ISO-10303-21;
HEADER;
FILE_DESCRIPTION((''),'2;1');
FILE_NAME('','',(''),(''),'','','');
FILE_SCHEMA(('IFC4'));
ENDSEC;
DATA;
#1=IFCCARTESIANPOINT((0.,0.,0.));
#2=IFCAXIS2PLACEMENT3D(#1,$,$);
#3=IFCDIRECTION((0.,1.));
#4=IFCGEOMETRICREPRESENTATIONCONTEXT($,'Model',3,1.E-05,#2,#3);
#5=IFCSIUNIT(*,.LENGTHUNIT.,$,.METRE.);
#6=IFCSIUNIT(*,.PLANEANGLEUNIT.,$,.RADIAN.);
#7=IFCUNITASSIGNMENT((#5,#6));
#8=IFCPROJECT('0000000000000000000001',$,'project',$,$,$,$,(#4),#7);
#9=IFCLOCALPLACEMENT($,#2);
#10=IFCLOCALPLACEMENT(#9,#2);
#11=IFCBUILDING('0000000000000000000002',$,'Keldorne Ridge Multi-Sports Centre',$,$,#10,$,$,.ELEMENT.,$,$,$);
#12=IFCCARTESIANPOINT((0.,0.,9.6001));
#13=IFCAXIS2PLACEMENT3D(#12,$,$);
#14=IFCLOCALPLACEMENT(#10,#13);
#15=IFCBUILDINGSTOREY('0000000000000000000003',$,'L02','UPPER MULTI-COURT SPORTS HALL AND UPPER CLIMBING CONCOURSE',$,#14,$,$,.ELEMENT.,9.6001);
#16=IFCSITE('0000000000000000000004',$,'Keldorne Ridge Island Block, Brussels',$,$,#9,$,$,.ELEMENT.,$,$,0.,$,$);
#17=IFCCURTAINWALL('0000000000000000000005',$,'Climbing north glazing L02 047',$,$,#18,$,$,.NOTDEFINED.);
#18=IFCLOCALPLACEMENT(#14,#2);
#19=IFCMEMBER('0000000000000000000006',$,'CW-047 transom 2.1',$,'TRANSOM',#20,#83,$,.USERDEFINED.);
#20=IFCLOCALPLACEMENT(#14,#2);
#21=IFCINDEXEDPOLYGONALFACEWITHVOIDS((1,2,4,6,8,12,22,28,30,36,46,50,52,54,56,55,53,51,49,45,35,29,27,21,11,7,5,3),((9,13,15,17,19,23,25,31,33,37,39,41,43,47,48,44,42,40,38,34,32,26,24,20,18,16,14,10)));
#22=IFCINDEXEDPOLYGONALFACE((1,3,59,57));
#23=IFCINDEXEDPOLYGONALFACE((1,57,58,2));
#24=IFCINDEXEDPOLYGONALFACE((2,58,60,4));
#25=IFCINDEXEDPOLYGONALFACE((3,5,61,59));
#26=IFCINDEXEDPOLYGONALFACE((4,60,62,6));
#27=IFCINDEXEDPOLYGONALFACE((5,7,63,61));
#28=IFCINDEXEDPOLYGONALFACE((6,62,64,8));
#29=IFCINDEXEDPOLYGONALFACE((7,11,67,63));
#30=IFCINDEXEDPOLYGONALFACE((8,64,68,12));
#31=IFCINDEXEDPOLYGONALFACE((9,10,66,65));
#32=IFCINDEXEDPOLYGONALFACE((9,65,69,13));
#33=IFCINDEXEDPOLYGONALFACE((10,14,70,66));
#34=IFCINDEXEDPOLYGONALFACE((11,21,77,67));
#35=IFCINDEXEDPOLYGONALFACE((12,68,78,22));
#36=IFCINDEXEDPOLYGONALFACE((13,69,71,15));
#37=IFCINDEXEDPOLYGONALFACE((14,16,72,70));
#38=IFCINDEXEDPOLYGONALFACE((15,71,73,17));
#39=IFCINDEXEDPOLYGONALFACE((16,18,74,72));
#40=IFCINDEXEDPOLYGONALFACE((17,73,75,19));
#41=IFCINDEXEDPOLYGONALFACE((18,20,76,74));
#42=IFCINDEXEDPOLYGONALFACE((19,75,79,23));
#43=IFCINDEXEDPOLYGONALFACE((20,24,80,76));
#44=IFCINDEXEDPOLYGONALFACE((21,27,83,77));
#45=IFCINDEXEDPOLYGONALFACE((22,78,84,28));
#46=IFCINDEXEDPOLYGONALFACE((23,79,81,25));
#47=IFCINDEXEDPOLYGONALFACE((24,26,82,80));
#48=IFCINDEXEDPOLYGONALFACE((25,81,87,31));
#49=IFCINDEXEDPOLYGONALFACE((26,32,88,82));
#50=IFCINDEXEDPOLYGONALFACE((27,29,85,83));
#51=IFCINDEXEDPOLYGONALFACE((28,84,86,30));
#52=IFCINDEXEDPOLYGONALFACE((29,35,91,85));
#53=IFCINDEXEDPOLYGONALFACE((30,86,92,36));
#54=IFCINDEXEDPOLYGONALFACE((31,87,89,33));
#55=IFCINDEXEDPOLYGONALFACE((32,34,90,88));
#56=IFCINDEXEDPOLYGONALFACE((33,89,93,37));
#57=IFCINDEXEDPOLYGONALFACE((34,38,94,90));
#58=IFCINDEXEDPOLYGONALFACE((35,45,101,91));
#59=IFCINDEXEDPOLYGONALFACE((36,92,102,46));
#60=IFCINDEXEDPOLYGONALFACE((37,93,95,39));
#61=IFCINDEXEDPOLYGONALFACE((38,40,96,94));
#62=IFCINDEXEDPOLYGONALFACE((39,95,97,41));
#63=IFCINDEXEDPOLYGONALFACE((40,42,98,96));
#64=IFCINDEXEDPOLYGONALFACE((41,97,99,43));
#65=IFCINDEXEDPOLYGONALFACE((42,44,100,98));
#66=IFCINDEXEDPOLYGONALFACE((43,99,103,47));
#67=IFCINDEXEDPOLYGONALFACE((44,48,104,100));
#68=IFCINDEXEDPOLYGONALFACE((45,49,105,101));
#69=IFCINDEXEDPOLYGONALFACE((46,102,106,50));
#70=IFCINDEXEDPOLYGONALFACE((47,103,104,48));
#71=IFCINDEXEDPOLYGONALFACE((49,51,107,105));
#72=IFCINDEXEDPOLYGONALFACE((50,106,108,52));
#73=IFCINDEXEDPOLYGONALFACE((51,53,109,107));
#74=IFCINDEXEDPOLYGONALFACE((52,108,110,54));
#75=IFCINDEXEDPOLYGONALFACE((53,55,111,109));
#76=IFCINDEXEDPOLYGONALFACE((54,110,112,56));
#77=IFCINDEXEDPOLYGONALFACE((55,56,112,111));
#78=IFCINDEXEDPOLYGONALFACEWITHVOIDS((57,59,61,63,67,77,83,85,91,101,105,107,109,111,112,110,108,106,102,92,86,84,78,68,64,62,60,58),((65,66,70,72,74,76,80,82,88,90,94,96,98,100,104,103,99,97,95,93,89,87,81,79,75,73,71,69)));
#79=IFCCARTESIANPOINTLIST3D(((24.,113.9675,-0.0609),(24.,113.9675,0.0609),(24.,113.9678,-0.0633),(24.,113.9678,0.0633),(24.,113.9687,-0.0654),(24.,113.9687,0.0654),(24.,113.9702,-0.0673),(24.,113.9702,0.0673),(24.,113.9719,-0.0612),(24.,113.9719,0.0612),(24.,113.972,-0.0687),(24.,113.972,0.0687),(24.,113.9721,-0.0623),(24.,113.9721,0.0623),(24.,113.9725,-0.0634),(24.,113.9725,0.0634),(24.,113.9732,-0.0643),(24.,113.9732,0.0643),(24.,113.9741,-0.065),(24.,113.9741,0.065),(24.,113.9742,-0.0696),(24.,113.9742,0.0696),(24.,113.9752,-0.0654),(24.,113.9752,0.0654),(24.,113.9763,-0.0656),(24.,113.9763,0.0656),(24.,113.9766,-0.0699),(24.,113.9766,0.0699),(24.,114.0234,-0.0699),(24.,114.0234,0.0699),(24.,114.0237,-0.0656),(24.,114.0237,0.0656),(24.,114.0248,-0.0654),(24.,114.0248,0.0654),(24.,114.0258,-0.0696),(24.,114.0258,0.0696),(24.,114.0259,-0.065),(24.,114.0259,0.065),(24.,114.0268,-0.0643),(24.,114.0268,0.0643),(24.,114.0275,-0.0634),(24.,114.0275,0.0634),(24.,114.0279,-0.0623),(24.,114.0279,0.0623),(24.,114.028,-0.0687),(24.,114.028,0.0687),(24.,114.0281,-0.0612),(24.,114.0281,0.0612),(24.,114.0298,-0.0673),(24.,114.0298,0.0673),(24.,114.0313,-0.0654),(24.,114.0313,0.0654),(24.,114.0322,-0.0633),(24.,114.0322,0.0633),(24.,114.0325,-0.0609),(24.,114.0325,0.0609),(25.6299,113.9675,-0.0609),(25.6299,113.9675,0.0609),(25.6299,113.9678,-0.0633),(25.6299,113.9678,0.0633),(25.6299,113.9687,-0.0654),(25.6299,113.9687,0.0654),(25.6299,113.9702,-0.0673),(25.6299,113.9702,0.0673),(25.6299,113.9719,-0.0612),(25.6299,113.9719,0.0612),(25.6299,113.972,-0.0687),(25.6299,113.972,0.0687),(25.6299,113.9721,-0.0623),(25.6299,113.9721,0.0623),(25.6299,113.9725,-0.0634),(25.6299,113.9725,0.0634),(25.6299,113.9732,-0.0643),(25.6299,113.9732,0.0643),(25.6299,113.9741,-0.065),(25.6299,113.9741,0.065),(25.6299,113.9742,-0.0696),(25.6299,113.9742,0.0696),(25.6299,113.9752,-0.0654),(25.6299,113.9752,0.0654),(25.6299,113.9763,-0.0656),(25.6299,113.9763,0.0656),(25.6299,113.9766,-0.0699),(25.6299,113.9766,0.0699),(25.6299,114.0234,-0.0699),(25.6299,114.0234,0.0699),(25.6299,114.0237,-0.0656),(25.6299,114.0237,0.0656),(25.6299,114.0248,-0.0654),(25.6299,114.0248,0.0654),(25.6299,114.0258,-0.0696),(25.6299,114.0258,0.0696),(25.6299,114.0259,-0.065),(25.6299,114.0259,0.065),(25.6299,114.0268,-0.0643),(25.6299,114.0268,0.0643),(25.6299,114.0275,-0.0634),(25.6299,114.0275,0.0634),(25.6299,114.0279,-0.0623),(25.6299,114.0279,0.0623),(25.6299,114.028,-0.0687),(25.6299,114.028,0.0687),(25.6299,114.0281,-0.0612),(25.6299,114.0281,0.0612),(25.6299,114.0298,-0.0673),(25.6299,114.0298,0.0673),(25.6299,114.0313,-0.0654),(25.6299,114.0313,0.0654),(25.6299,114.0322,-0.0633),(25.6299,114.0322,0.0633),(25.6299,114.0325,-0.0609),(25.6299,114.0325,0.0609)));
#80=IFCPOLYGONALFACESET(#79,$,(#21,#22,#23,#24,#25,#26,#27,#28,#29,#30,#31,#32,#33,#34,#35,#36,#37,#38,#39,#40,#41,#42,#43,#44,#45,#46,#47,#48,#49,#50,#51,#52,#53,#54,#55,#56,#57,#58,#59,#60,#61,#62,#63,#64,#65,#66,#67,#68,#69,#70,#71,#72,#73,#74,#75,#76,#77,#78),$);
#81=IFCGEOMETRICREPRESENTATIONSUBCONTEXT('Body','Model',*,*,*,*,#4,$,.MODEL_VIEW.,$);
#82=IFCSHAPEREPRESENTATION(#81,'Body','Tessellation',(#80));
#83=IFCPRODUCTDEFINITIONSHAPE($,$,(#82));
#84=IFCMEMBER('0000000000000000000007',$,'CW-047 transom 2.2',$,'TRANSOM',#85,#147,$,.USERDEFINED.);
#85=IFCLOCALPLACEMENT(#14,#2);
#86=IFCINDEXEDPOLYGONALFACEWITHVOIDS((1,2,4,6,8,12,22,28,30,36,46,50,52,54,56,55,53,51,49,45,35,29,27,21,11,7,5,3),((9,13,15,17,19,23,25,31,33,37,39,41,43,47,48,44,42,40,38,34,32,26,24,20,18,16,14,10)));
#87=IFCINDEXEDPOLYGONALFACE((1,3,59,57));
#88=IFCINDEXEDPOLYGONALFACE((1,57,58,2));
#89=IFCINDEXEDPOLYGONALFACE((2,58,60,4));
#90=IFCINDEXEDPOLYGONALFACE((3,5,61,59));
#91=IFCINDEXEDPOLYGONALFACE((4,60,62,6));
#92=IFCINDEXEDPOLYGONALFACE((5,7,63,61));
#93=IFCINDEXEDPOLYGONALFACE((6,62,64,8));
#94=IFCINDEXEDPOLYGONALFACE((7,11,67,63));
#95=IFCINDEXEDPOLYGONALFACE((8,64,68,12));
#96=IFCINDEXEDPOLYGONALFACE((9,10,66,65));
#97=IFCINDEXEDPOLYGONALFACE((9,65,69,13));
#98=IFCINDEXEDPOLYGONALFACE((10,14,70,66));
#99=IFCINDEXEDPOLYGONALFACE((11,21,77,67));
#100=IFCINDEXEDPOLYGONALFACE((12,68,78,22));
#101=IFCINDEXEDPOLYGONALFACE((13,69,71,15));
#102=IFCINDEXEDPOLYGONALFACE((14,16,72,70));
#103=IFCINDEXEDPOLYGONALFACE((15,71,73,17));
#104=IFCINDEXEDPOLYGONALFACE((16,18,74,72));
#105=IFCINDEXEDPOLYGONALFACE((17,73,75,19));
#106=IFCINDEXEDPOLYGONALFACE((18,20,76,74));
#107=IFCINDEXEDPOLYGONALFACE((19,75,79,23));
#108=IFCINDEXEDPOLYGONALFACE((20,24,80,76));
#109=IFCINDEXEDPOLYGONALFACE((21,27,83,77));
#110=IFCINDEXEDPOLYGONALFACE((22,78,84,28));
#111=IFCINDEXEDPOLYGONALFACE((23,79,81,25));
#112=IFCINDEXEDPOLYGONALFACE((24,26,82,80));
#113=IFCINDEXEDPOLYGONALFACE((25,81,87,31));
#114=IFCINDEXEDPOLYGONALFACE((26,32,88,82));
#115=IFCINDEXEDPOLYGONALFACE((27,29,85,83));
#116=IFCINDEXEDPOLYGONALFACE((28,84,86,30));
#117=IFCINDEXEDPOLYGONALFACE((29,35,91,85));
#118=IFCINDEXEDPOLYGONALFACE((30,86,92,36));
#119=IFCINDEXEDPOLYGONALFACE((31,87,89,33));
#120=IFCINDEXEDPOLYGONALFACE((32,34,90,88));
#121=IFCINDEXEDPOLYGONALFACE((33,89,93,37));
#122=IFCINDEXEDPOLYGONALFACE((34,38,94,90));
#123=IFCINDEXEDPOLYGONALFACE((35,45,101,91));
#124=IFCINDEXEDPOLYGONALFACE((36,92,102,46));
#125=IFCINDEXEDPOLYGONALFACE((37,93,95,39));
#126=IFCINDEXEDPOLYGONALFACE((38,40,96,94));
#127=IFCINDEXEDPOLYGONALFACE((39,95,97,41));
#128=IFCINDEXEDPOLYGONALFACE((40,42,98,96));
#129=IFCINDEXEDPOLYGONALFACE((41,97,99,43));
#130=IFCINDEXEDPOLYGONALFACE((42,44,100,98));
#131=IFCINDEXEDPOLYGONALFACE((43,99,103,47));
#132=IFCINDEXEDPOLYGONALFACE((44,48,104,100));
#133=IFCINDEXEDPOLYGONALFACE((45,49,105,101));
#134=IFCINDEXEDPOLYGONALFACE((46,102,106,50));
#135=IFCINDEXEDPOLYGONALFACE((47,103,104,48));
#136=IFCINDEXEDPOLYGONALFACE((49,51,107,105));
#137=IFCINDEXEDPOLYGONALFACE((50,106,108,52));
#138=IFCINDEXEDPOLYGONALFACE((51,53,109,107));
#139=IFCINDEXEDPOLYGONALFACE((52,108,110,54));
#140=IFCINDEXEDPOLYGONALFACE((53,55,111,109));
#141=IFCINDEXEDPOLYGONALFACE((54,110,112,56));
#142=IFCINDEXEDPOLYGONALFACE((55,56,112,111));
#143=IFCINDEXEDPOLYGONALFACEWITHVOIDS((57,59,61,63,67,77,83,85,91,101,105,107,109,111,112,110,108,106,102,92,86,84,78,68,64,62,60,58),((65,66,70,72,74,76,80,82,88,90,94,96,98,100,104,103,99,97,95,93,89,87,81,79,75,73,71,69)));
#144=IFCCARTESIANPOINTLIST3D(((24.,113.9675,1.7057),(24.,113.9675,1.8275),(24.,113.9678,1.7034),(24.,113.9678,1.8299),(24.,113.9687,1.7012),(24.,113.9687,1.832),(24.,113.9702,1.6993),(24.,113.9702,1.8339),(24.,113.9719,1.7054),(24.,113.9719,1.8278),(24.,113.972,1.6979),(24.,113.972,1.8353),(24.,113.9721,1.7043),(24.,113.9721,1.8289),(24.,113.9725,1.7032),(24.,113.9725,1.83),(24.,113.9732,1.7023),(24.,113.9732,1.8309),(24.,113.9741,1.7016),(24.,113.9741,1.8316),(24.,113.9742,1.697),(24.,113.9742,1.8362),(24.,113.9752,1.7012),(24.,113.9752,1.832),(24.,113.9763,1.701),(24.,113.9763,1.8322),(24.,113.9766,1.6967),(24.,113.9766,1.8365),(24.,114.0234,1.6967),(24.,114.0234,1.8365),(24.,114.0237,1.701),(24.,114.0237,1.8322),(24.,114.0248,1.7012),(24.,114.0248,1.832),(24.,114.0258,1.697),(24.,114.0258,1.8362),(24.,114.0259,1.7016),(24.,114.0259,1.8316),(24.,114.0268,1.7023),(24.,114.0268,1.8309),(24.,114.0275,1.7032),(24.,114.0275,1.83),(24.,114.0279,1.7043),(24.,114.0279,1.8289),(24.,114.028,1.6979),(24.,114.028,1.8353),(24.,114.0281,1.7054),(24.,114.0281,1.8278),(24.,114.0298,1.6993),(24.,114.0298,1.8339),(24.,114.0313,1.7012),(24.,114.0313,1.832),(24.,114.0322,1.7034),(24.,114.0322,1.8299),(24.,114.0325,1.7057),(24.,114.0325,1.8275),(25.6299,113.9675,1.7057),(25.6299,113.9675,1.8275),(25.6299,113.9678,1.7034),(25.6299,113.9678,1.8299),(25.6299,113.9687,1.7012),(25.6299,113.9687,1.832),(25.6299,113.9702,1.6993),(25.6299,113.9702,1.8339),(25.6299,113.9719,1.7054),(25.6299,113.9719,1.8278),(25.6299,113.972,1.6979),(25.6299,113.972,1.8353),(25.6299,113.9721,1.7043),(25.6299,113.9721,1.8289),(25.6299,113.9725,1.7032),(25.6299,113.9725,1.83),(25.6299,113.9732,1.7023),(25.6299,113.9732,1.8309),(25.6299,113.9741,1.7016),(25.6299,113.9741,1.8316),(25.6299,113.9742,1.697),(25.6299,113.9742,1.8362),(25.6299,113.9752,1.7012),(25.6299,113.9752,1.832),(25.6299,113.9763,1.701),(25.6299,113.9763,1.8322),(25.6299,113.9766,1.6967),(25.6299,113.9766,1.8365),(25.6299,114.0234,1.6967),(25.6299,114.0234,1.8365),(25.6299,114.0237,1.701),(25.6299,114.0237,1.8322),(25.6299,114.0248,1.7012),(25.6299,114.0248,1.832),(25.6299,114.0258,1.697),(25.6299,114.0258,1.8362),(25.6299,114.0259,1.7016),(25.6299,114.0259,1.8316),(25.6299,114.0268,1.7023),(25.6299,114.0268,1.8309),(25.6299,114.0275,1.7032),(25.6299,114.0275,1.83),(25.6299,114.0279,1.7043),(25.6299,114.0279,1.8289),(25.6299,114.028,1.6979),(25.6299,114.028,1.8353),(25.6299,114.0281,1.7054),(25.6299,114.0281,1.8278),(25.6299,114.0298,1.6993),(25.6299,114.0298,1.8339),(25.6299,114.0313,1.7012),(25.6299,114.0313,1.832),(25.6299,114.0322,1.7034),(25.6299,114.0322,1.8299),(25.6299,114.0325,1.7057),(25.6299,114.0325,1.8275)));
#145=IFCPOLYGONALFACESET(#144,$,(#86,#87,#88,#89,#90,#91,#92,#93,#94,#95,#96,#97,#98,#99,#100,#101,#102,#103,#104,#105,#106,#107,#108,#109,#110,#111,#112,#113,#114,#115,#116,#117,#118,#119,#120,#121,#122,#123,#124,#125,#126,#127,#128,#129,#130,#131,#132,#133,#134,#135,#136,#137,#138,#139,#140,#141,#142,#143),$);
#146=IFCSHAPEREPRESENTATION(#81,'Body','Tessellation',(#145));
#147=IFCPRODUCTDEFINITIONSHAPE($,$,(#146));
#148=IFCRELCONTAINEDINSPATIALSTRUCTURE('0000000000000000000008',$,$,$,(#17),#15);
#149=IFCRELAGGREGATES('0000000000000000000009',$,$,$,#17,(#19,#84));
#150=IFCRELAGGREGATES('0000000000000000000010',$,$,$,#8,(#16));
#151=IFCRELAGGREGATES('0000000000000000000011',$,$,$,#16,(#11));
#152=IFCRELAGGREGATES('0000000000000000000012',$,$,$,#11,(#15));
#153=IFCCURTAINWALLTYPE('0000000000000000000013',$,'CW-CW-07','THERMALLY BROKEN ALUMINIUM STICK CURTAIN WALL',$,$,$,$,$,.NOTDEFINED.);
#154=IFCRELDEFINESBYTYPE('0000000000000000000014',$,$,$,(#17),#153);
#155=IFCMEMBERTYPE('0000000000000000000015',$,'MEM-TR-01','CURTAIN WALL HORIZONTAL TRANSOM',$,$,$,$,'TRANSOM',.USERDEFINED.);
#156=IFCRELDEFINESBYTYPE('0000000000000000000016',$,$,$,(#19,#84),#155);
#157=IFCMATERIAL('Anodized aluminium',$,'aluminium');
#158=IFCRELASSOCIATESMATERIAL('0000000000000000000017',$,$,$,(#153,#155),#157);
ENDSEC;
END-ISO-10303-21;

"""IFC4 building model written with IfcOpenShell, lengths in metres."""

from ifc_helpers import new_model, si_unit, direction, frame, origin, origin_2d, place, context, subcontext, project, spatial, hollow_rectangle, extrude, material, material_profile, profile_set, type_object, element, aggregate, save


model = new_model("IFC4")

# Units and contexts
model_context = context("Model", 3, precision=1e-05, world=origin(), true_north=direction((0.0, 1.0)))
body_context = subcontext(model_context, "Body", "Model", "MODEL_VIEW")
ifc_project = project(units=[si_unit("LENGTHUNIT", "METRE"), si_unit("PLANEANGLEUNIT", "RADIAN")], contexts=[model_context])

# Site, building, storey
site_placement = place(None, origin())
site = spatial("IfcSite", under=ifc_project, at=site_placement, Name="Keldorne Ridge Island Block, Brussels", CompositionType="ELEMENT", RefElevation=0.0)
building_placement = place(site_placement, origin())
building = spatial("IfcBuilding", under=site, at=building_placement, Name="Keldorne Ridge Multi-Sports Centre", CompositionType="ELEMENT")
storey_placement = place(building_placement, frame((0.0, 0.0, 9.6001)))
storey = spatial("IfcBuildingStorey", under=building, at=storey_placement, Name="L02", Description="UPPER MULTI-COURT SPORTS HALL AND UPPER CLIMBING CONCOURSE", CompositionType="ELEMENT", Elevation=9.6001)

# Curtain wall
ifc_material_1 = material(Name="Anodized aluminium", Category="aluminium")
curtain_wall_type = type_object("IfcCurtainWallType", Name="CW-CW-07", Description="THERMALLY BROKEN ALUMINIUM STICK CURTAIN WALL", PredefinedType="NOTDEFINED", material=ifc_material_1)
curtain_wall_placement = place(storey_placement, origin())
curtain_wall = element("IfcCurtainWall", 1, at=curtain_wall_placement, inside=storey, type_object=curtain_wall_type, Name="Climbing north glazing L02 047", PredefinedType="NOTDEFINED")

# Members
ifc_material_profile_1 = material_profile(ifc_material_1, hollow_rectangle(XDim=0.0649, YDim=0.1399, WallThickness=0.0044, InnerFilletRadius=0.0044, OuterFilletRadius=0.009, at=origin_2d()), Name="ALU TRANSOM 140x65x4.5")
ifc_profile_set_1 = profile_set([ifc_material_profile_1], Name="Anodized aluminium")
member_type_1 = type_object("IfcMemberType", Name="MEM-TR-01", Description="CURTAIN WALL HORIZONTAL TRANSOM", ElementType="TRANSOM", PredefinedType="USERDEFINED", material=ifc_profile_set_1)
member_1_placement = place(storey_placement, frame((25.6299, 114.0, 0.0), z_axis=(-1.0, 0.0, 0.0), x_axis=(0.0, -1.0, 0.0)))
member_1 = element("IfcMember", 2, at=member_1_placement, type_object=member_type_1, Name="CW-047 transom 2.1", ObjectType="TRANSOM", PredefinedType="USERDEFINED", context=body_context, shape_type="SweptSolid", body=[
    extrude(hollow_rectangle(XDim=0.0649, YDim=0.1399, WallThickness=0.0044, InnerFilletRadius=0.0044, OuterFilletRadius=0.009, at=origin_2d()), origin(), (0.0, 0.0, 1.0), 1.6299),
])
member_2_placement = place(storey_placement, frame((25.6299, 114.0, 1.7666), z_axis=(-1.0, 0.0, 0.0), x_axis=(0.0, -1.0, 0.0)))
member_2 = element("IfcMember", 3, at=member_2_placement, type_object=member_type_1, Name="CW-047 transom 2.2", ObjectType="TRANSOM", PredefinedType="USERDEFINED", context=body_context, shape_type="SweptSolid", body=[
    extrude(hollow_rectangle(XDim=0.0649, YDim=0.1399, WallThickness=0.0044, InnerFilletRadius=0.0044, OuterFilletRadius=0.009, at=origin_2d()), origin(), (0.0, 0.0, 1.0), 1.6299),
])

aggregate(curtain_wall, [member_1, member_2])

save(model, "model.ifc")
